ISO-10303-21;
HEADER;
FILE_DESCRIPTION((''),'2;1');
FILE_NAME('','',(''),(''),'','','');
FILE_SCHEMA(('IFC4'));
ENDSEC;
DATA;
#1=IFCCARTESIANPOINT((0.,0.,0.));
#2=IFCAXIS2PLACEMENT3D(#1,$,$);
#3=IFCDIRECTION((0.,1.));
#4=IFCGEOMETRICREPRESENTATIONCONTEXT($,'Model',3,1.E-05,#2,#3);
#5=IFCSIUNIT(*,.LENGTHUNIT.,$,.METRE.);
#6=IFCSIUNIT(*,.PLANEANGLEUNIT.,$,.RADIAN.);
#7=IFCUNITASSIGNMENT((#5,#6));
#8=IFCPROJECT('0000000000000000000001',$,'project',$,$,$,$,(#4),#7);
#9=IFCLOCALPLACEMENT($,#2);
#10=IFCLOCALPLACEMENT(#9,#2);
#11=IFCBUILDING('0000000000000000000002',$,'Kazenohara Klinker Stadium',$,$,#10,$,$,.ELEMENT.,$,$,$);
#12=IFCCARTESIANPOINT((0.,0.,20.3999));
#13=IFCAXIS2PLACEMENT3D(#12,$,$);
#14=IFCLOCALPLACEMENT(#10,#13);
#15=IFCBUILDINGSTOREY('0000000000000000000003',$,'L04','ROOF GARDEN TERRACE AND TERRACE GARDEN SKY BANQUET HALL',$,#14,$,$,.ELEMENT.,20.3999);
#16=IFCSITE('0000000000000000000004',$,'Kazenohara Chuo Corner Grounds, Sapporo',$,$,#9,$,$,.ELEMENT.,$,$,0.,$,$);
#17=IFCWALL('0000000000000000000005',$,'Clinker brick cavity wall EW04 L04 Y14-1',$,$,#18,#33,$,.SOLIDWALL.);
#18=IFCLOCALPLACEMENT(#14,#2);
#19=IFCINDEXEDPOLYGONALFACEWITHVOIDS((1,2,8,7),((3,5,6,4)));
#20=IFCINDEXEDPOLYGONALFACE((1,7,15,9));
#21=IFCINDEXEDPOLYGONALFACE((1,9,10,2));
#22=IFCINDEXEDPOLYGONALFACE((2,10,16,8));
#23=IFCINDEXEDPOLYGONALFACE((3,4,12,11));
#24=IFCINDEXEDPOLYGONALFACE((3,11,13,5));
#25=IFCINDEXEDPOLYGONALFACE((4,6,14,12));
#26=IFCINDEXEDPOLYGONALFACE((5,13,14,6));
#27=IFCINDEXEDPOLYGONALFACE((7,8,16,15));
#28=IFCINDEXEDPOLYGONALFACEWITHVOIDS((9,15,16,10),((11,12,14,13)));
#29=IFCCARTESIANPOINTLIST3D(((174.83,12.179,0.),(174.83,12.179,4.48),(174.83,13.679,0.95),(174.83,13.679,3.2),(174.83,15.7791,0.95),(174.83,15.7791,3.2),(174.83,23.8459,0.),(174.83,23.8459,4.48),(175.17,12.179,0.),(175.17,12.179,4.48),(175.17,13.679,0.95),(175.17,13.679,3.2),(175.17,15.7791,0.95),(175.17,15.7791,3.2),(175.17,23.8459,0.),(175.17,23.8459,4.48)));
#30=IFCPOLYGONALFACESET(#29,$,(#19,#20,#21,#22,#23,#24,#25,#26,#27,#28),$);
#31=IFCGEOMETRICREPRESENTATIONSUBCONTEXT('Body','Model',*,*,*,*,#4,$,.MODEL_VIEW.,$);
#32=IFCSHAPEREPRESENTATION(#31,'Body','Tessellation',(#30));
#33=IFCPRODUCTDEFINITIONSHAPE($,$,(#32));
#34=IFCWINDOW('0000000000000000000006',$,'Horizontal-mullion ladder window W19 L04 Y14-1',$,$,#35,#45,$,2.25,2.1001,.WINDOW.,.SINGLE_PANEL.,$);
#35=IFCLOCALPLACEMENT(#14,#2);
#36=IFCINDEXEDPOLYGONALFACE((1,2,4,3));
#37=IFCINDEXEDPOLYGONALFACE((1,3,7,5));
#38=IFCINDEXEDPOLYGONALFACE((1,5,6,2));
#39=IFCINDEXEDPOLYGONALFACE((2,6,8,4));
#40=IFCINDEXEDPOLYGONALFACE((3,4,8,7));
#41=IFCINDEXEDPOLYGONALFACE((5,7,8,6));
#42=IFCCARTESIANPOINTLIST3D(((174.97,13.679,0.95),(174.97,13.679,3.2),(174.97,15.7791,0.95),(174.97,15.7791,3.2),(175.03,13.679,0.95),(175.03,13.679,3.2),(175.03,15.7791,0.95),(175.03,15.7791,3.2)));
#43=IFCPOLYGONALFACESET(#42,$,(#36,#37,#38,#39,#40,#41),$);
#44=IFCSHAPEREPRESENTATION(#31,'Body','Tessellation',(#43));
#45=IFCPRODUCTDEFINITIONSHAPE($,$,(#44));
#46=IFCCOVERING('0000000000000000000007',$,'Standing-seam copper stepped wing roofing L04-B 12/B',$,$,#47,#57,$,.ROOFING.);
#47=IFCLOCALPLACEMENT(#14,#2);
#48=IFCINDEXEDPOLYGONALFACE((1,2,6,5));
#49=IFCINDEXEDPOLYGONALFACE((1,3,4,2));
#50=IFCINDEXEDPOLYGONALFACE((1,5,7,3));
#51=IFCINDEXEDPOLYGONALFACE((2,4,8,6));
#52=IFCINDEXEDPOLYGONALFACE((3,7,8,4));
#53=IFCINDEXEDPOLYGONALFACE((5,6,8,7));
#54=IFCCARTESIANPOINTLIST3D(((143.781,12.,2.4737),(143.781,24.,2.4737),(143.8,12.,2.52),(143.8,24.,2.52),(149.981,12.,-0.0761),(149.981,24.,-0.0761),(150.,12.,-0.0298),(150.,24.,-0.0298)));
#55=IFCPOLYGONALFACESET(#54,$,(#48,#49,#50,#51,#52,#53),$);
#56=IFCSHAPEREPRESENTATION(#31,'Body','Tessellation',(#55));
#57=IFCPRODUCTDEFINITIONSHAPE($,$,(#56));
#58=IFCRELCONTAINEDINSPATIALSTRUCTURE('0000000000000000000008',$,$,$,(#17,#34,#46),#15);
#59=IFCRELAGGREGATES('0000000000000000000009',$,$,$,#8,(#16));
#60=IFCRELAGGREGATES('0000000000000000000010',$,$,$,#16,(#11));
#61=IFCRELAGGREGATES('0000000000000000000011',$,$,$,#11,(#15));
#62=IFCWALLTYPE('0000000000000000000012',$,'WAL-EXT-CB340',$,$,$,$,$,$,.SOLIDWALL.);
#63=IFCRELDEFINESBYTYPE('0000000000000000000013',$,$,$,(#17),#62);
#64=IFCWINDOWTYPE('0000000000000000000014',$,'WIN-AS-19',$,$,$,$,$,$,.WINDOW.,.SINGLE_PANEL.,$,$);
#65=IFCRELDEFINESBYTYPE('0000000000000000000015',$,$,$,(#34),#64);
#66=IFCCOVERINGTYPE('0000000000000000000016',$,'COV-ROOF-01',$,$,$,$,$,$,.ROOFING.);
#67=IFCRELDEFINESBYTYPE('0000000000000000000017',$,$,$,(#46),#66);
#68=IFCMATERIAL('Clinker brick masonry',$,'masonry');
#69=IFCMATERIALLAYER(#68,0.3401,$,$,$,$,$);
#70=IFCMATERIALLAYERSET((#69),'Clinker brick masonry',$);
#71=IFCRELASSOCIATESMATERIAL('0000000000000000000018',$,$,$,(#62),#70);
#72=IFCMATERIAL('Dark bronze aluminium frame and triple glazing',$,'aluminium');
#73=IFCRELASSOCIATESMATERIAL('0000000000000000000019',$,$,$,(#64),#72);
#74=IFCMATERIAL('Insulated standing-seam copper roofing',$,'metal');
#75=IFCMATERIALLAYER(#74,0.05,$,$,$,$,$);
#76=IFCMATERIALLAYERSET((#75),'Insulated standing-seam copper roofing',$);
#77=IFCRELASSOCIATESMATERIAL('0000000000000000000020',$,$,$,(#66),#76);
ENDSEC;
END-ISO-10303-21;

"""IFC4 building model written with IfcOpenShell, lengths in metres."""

from ifc_helpers import new_model, si_unit, direction, frame, frame_2d, origin, place, context, subcontext, project, spatial, polyline, rectangle, outline, extrude, material, layer, layer_set, type_object, element, fill, save


model = new_model("IFC4")

# Units and contexts
model_context = context("Model", 3, precision=1e-05, world=origin(), true_north=direction((0.0, 1.0)))
body_context = subcontext(model_context, "Body", "Model", "MODEL_VIEW")
ifc_project = project(units=[si_unit("LENGTHUNIT", "METRE"), si_unit("PLANEANGLEUNIT", "RADIAN")], contexts=[model_context])

# Site, building, storey
site_placement = place(None, origin())
site = spatial("IfcSite", under=ifc_project, at=site_placement, Name="Kazenohara Chuo Corner Grounds, Sapporo", CompositionType="ELEMENT", RefElevation=0.0)
building_placement = place(site_placement, origin())
building = spatial("IfcBuilding", under=site, at=building_placement, Name="Kazenohara Klinker Stadium", CompositionType="ELEMENT")
storey_placement = place(building_placement, frame((0.0, 0.0, 20.3999)))
storey = spatial("IfcBuildingStorey", under=building, at=storey_placement, Name="L04", Description="ROOF GARDEN TERRACE AND TERRACE GARDEN SKY BANQUET HALL", CompositionType="ELEMENT", Elevation=20.3999)

# Wall, opening, window
ifc_material_1 = material(Name="Clinker brick masonry", Category="masonry")
ifc_layer_1 = layer(ifc_material_1, 0.3401)
ifc_layer_set_1 = layer_set([ifc_layer_1], Name="Clinker brick masonry")
wall_type = type_object("IfcWallType", Name="WAL-EXT-CB340", PredefinedType="SOLIDWALL", material=ifc_layer_set_1)
wall_placement = place(storey_placement, frame((175.0, 12.179, 0.0), z_axis=(0.0, 0.0, 1.0), x_axis=(0.0, 1.0, 0.0)))
wall = element("IfcWall", 1, at=wall_placement, inside=storey, type_object=wall_type, Name="Clinker brick cavity wall EW04 L04 Y14-1", PredefinedType="SOLIDWALL", context=body_context, shape_type="SweptSolid", body=[
    extrude(rectangle(XDim=11.667, YDim=0.3401, at=frame_2d((5.8335, 0.0))), origin(), (0.0, 0.0, 1.0), 4.48),
])
opening_placement = place(wall_placement, frame((1.5, 0.0, 0.95)))
opening = element("IfcOpeningElement", 2, at=opening_placement, cuts=wall, PredefinedType="OPENING", context=body_context, shape_type="SweptSolid", body=[
    extrude(rectangle(XDim=2.1001, YDim=2.25, at=frame_2d((1.05, 1.125))), frame((0.0, 0.1802, 0.0), z_axis=(0.0, -1.0, 0.0), x_axis=(1.0, 0.0, 0.0)), (0.0, 0.0, 1.0), 0.3601),
])
ifc_material_2 = material(Name="Dark bronze aluminium frame and triple glazing", Category="aluminium")
window_type = type_object("IfcWindowType", Name="WIN-AS-19", PartitioningType="SINGLE_PANEL", PredefinedType="WINDOW", material=ifc_material_2)
window_placement = place(opening_placement, origin())
window = element("IfcWindow", 3, at=window_placement, inside=storey, type_object=window_type, Name="Horizontal-mullion ladder window W19 L04 Y14-1", OverallHeight=2.25, OverallWidth=2.1001, PartitioningType="SINGLE_PANEL", PredefinedType="WINDOW", context=body_context, shape_type="SweptSolid", body=[
    extrude(rectangle(XDim=2.1001, YDim=2.25, at=frame_2d((1.05, 1.125))), frame((0.0, 0.03, 0.0), z_axis=(0.0, -1.0, 0.0), x_axis=(1.0, 0.0, 0.0)), (0.0, 0.0, 1.0), 0.0601),
])
fill(opening, window)

# Covering
ifc_material_3 = material(Name="Insulated standing-seam copper roofing", Category="metal")
ifc_layer_2 = layer(ifc_material_3, 0.05)
ifc_layer_set_2 = layer_set([ifc_layer_2], Name="Insulated standing-seam copper roofing")
covering_type = type_object("IfcCoveringType", Name="COV-ROOF-01", PredefinedType="ROOFING", material=ifc_layer_set_2)
covering_placement = place(storey_placement, frame((143.8, 12.0, 2.52), z_axis=(0.380352, 0.0, 0.924842), x_axis=(0.924842, 0.0, -0.380352)))
element("IfcCovering", 4, at=covering_placement, inside=storey, type_object=covering_type, Name="Standing-seam copper stepped wing roofing L04-B 12/B", PredefinedType="ROOFING", context=body_context, shape_type="SweptSolid", body=[
    extrude(outline(polyline([(0.0, 0.0), (6.7038, 0.0), (6.7038, 12.0), (0.0, 12.0), (0.0, 0.0)])), origin(), (0.0, 0.0, -1.0), 0.05),
])

save(model, "model.ifc")
